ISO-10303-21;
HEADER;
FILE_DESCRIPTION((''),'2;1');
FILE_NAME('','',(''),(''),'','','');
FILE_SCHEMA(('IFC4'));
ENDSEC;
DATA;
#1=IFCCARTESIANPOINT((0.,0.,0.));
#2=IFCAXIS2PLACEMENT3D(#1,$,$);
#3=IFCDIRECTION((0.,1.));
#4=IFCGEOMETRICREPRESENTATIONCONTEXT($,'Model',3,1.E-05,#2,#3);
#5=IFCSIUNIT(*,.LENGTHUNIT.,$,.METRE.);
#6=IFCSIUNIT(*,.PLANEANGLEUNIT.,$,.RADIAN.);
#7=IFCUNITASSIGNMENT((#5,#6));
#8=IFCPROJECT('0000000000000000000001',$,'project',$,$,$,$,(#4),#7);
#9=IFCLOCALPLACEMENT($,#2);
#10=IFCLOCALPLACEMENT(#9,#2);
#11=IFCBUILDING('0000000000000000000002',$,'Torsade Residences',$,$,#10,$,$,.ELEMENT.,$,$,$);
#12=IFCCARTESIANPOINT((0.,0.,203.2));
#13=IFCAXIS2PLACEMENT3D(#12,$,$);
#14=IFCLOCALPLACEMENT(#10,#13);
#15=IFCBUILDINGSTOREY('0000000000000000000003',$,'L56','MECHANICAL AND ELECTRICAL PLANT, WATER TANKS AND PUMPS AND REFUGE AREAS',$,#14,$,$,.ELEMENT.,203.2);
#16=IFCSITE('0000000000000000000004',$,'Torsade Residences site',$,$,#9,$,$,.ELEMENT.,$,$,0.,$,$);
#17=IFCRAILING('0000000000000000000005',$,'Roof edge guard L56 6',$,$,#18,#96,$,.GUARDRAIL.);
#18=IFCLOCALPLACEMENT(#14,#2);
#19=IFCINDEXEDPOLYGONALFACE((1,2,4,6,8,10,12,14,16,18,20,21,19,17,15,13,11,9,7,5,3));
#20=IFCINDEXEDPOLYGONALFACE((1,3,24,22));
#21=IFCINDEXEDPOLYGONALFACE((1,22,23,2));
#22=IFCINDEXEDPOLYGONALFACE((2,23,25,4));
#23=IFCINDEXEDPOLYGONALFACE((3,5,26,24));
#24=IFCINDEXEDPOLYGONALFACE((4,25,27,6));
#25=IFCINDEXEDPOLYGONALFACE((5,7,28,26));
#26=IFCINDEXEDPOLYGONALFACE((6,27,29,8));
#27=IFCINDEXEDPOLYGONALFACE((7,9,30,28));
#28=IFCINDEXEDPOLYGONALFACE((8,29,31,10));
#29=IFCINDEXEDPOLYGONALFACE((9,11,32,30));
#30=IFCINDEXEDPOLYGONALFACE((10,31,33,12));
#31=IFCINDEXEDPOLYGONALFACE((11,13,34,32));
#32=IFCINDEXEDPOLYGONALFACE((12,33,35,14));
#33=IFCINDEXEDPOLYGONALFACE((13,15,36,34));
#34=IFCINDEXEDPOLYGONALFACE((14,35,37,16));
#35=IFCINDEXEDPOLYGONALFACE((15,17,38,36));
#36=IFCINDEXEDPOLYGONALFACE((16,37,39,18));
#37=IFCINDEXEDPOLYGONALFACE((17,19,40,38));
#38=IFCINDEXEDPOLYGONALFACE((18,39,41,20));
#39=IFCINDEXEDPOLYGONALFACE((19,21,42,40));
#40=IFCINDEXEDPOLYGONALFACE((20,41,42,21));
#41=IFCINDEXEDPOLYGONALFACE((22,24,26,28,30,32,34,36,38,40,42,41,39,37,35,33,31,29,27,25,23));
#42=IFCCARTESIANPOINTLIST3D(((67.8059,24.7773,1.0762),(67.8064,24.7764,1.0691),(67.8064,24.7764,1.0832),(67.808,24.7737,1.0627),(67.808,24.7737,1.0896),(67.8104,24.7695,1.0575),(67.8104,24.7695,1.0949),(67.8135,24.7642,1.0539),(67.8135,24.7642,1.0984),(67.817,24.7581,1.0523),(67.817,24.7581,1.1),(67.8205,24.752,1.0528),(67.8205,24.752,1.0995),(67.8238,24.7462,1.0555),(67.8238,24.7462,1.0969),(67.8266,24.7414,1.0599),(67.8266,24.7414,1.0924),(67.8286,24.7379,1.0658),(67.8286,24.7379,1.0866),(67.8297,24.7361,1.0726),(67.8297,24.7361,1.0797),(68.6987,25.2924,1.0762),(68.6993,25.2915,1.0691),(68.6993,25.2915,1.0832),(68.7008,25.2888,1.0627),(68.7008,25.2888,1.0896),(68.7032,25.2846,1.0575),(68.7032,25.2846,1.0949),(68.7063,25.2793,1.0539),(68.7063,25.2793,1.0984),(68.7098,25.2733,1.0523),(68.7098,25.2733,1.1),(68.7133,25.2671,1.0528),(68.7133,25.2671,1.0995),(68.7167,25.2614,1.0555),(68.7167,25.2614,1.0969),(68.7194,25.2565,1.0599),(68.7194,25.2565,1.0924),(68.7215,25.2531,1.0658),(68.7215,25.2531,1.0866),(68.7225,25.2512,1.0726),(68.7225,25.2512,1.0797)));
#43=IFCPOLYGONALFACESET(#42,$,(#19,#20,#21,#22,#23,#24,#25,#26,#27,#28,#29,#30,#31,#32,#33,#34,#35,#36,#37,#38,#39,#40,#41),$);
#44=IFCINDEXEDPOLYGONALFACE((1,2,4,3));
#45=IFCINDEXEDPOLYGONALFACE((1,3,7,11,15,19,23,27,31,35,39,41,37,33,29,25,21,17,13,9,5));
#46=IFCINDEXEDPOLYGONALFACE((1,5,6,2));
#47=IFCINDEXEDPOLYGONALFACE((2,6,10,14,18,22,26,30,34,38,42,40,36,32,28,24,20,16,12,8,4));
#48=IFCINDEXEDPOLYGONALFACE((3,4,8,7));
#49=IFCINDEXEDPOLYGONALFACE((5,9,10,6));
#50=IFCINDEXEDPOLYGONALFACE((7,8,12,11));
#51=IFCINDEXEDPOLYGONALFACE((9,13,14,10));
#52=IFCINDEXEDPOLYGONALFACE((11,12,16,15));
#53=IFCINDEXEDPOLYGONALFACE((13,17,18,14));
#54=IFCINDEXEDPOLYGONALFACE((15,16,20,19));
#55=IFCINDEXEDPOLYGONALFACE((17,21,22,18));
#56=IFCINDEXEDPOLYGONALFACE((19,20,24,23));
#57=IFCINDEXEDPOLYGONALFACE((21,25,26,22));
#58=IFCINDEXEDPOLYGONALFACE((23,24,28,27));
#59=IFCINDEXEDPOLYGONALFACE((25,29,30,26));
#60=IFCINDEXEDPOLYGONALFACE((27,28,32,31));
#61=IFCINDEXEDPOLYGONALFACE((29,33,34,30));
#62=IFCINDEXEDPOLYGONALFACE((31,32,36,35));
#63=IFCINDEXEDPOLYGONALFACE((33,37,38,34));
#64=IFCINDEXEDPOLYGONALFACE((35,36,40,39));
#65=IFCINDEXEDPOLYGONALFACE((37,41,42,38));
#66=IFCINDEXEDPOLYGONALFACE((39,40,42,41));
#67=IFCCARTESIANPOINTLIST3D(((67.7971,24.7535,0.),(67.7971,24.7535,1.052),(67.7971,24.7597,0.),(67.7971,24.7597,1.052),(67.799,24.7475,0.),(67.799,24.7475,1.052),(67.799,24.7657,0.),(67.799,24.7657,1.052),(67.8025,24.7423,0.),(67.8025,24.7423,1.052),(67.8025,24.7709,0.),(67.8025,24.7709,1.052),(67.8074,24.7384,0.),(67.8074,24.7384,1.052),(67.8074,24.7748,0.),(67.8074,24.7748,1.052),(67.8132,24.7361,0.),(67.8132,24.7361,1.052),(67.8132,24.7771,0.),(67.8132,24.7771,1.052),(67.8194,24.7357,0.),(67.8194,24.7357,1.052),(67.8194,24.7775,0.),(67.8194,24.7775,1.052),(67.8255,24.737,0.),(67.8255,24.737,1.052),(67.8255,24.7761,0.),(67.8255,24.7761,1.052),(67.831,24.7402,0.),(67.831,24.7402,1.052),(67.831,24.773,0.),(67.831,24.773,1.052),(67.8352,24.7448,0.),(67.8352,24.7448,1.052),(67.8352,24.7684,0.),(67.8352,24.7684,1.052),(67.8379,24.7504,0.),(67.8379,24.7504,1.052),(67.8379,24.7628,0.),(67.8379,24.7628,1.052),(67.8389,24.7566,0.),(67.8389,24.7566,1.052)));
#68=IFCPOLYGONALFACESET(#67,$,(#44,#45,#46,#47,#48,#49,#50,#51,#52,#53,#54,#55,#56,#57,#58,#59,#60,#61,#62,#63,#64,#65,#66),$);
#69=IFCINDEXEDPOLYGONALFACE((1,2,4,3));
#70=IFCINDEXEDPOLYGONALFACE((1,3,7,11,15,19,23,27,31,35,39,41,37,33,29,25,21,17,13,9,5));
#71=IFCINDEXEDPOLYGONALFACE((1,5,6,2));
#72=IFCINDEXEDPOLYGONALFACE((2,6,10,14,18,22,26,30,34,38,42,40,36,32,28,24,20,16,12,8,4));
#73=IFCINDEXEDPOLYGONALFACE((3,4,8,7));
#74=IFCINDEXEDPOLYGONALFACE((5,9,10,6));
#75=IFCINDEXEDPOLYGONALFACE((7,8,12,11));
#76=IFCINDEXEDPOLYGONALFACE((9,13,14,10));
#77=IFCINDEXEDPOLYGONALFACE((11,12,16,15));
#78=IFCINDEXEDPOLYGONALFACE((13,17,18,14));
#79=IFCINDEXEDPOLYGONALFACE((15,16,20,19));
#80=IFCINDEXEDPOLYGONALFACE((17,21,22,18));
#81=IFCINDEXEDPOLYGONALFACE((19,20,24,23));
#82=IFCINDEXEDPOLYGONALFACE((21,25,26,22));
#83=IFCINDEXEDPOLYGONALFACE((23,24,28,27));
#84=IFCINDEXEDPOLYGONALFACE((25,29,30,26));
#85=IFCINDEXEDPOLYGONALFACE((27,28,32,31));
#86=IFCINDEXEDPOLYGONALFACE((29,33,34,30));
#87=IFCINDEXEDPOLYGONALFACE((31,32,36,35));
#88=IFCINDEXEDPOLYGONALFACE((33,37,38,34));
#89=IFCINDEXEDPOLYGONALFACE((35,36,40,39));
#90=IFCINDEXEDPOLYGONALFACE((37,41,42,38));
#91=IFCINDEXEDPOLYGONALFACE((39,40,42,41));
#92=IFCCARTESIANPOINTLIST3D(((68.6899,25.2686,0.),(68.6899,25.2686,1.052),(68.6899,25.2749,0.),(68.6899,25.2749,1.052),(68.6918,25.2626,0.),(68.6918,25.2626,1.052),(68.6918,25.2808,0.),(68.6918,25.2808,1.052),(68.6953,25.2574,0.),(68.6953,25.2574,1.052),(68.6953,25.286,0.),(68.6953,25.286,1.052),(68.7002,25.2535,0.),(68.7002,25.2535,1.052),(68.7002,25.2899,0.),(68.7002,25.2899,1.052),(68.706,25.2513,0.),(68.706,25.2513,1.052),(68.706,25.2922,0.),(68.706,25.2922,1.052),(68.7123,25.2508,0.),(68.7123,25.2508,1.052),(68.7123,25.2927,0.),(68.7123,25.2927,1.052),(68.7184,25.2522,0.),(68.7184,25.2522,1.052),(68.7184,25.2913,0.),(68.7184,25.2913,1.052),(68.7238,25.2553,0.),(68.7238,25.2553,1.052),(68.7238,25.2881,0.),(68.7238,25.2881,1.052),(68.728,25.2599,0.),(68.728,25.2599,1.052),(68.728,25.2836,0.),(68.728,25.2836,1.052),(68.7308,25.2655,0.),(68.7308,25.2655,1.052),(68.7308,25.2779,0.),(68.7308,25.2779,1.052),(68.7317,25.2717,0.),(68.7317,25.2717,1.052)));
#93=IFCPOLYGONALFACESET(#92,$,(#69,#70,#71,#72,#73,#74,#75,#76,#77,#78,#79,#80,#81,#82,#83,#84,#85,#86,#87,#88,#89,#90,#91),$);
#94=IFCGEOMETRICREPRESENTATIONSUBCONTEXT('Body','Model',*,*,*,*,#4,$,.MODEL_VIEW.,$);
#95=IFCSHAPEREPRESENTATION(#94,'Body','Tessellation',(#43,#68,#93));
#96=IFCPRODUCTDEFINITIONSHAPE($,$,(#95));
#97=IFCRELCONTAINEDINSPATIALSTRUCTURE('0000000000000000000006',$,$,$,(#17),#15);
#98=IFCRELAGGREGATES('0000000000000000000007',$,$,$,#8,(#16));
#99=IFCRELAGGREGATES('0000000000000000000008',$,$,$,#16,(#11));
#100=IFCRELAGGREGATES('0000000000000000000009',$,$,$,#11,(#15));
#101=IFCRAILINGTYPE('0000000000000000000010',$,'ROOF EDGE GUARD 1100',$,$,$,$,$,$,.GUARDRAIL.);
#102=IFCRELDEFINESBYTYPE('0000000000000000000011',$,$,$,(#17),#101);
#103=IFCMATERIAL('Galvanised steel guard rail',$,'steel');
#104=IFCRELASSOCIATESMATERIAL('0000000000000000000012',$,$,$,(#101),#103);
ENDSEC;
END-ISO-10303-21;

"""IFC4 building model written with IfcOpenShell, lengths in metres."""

from ifc_helpers import new_model, si_unit, direction, frame, origin, origin_2d, place, context, subcontext, project, spatial, circle, extrude, material, type_object, element, save


model = new_model("IFC4")

# Units and contexts
model_context = context("Model", 3, precision=1e-05, world=origin(), true_north=direction((0.0, 1.0)))
body_context = subcontext(model_context, "Body", "Model", "MODEL_VIEW")
ifc_project = project(units=[si_unit("LENGTHUNIT", "METRE"), si_unit("PLANEANGLEUNIT", "RADIAN")], contexts=[model_context])

# Site, building, storey
site_placement = place(None, origin())
site = spatial("IfcSite", under=ifc_project, at=site_placement, Name="Torsade Residences site", CompositionType="ELEMENT", RefElevation=0.0)
building_placement = place(site_placement, origin())
building = spatial("IfcBuilding", under=site, at=building_placement, Name="Torsade Residences", CompositionType="ELEMENT")
storey_placement = place(building_placement, frame((0.0, 0.0, 203.2)))
storey = spatial("IfcBuildingStorey", under=building, at=storey_placement, Name="L56", Description="MECHANICAL AND ELECTRICAL PLANT, WATER TANKS AND PUMPS AND REFUGE AREAS", CompositionType="ELEMENT", Elevation=203.2)

# Railing
ifc_material_1 = material(Name="Galvanised steel guard rail", Category="steel")
railing_type = type_object("IfcRailingType", Name="ROOF EDGE GUARD 1100", PredefinedType="GUARDRAIL", material=ifc_material_1)
railing_1_placement = place(storey_placement, frame((67.8179, 24.7566, 0.0)))
element("IfcRailing", 1, at=railing_1_placement, inside=storey, type_object=railing_type, Name="Roof edge guard L56 6", PredefinedType="GUARDRAIL", context=body_context, shape_type="SweptSolid", body=[
    extrude(circle(Radius=0.0239, at=origin_2d()), frame((0.0, 0.0, 1.0762), z_axis=(0.866166, 0.499757, 0.0), x_axis=(-0.499757, 0.866166, 0.0)), (0.0, 0.0, 1.0), 1.0308),
    extrude(circle(Radius=0.021, at=origin_2d()), origin(), (0.0, 0.0, 1.0), 1.052),
    extrude(circle(Radius=0.021, at=origin_2d()), frame((0.8928, 0.5151, 0.0)), (0.0, 0.0, 1.0), 1.052),
])

save(model, "model.ifc")
